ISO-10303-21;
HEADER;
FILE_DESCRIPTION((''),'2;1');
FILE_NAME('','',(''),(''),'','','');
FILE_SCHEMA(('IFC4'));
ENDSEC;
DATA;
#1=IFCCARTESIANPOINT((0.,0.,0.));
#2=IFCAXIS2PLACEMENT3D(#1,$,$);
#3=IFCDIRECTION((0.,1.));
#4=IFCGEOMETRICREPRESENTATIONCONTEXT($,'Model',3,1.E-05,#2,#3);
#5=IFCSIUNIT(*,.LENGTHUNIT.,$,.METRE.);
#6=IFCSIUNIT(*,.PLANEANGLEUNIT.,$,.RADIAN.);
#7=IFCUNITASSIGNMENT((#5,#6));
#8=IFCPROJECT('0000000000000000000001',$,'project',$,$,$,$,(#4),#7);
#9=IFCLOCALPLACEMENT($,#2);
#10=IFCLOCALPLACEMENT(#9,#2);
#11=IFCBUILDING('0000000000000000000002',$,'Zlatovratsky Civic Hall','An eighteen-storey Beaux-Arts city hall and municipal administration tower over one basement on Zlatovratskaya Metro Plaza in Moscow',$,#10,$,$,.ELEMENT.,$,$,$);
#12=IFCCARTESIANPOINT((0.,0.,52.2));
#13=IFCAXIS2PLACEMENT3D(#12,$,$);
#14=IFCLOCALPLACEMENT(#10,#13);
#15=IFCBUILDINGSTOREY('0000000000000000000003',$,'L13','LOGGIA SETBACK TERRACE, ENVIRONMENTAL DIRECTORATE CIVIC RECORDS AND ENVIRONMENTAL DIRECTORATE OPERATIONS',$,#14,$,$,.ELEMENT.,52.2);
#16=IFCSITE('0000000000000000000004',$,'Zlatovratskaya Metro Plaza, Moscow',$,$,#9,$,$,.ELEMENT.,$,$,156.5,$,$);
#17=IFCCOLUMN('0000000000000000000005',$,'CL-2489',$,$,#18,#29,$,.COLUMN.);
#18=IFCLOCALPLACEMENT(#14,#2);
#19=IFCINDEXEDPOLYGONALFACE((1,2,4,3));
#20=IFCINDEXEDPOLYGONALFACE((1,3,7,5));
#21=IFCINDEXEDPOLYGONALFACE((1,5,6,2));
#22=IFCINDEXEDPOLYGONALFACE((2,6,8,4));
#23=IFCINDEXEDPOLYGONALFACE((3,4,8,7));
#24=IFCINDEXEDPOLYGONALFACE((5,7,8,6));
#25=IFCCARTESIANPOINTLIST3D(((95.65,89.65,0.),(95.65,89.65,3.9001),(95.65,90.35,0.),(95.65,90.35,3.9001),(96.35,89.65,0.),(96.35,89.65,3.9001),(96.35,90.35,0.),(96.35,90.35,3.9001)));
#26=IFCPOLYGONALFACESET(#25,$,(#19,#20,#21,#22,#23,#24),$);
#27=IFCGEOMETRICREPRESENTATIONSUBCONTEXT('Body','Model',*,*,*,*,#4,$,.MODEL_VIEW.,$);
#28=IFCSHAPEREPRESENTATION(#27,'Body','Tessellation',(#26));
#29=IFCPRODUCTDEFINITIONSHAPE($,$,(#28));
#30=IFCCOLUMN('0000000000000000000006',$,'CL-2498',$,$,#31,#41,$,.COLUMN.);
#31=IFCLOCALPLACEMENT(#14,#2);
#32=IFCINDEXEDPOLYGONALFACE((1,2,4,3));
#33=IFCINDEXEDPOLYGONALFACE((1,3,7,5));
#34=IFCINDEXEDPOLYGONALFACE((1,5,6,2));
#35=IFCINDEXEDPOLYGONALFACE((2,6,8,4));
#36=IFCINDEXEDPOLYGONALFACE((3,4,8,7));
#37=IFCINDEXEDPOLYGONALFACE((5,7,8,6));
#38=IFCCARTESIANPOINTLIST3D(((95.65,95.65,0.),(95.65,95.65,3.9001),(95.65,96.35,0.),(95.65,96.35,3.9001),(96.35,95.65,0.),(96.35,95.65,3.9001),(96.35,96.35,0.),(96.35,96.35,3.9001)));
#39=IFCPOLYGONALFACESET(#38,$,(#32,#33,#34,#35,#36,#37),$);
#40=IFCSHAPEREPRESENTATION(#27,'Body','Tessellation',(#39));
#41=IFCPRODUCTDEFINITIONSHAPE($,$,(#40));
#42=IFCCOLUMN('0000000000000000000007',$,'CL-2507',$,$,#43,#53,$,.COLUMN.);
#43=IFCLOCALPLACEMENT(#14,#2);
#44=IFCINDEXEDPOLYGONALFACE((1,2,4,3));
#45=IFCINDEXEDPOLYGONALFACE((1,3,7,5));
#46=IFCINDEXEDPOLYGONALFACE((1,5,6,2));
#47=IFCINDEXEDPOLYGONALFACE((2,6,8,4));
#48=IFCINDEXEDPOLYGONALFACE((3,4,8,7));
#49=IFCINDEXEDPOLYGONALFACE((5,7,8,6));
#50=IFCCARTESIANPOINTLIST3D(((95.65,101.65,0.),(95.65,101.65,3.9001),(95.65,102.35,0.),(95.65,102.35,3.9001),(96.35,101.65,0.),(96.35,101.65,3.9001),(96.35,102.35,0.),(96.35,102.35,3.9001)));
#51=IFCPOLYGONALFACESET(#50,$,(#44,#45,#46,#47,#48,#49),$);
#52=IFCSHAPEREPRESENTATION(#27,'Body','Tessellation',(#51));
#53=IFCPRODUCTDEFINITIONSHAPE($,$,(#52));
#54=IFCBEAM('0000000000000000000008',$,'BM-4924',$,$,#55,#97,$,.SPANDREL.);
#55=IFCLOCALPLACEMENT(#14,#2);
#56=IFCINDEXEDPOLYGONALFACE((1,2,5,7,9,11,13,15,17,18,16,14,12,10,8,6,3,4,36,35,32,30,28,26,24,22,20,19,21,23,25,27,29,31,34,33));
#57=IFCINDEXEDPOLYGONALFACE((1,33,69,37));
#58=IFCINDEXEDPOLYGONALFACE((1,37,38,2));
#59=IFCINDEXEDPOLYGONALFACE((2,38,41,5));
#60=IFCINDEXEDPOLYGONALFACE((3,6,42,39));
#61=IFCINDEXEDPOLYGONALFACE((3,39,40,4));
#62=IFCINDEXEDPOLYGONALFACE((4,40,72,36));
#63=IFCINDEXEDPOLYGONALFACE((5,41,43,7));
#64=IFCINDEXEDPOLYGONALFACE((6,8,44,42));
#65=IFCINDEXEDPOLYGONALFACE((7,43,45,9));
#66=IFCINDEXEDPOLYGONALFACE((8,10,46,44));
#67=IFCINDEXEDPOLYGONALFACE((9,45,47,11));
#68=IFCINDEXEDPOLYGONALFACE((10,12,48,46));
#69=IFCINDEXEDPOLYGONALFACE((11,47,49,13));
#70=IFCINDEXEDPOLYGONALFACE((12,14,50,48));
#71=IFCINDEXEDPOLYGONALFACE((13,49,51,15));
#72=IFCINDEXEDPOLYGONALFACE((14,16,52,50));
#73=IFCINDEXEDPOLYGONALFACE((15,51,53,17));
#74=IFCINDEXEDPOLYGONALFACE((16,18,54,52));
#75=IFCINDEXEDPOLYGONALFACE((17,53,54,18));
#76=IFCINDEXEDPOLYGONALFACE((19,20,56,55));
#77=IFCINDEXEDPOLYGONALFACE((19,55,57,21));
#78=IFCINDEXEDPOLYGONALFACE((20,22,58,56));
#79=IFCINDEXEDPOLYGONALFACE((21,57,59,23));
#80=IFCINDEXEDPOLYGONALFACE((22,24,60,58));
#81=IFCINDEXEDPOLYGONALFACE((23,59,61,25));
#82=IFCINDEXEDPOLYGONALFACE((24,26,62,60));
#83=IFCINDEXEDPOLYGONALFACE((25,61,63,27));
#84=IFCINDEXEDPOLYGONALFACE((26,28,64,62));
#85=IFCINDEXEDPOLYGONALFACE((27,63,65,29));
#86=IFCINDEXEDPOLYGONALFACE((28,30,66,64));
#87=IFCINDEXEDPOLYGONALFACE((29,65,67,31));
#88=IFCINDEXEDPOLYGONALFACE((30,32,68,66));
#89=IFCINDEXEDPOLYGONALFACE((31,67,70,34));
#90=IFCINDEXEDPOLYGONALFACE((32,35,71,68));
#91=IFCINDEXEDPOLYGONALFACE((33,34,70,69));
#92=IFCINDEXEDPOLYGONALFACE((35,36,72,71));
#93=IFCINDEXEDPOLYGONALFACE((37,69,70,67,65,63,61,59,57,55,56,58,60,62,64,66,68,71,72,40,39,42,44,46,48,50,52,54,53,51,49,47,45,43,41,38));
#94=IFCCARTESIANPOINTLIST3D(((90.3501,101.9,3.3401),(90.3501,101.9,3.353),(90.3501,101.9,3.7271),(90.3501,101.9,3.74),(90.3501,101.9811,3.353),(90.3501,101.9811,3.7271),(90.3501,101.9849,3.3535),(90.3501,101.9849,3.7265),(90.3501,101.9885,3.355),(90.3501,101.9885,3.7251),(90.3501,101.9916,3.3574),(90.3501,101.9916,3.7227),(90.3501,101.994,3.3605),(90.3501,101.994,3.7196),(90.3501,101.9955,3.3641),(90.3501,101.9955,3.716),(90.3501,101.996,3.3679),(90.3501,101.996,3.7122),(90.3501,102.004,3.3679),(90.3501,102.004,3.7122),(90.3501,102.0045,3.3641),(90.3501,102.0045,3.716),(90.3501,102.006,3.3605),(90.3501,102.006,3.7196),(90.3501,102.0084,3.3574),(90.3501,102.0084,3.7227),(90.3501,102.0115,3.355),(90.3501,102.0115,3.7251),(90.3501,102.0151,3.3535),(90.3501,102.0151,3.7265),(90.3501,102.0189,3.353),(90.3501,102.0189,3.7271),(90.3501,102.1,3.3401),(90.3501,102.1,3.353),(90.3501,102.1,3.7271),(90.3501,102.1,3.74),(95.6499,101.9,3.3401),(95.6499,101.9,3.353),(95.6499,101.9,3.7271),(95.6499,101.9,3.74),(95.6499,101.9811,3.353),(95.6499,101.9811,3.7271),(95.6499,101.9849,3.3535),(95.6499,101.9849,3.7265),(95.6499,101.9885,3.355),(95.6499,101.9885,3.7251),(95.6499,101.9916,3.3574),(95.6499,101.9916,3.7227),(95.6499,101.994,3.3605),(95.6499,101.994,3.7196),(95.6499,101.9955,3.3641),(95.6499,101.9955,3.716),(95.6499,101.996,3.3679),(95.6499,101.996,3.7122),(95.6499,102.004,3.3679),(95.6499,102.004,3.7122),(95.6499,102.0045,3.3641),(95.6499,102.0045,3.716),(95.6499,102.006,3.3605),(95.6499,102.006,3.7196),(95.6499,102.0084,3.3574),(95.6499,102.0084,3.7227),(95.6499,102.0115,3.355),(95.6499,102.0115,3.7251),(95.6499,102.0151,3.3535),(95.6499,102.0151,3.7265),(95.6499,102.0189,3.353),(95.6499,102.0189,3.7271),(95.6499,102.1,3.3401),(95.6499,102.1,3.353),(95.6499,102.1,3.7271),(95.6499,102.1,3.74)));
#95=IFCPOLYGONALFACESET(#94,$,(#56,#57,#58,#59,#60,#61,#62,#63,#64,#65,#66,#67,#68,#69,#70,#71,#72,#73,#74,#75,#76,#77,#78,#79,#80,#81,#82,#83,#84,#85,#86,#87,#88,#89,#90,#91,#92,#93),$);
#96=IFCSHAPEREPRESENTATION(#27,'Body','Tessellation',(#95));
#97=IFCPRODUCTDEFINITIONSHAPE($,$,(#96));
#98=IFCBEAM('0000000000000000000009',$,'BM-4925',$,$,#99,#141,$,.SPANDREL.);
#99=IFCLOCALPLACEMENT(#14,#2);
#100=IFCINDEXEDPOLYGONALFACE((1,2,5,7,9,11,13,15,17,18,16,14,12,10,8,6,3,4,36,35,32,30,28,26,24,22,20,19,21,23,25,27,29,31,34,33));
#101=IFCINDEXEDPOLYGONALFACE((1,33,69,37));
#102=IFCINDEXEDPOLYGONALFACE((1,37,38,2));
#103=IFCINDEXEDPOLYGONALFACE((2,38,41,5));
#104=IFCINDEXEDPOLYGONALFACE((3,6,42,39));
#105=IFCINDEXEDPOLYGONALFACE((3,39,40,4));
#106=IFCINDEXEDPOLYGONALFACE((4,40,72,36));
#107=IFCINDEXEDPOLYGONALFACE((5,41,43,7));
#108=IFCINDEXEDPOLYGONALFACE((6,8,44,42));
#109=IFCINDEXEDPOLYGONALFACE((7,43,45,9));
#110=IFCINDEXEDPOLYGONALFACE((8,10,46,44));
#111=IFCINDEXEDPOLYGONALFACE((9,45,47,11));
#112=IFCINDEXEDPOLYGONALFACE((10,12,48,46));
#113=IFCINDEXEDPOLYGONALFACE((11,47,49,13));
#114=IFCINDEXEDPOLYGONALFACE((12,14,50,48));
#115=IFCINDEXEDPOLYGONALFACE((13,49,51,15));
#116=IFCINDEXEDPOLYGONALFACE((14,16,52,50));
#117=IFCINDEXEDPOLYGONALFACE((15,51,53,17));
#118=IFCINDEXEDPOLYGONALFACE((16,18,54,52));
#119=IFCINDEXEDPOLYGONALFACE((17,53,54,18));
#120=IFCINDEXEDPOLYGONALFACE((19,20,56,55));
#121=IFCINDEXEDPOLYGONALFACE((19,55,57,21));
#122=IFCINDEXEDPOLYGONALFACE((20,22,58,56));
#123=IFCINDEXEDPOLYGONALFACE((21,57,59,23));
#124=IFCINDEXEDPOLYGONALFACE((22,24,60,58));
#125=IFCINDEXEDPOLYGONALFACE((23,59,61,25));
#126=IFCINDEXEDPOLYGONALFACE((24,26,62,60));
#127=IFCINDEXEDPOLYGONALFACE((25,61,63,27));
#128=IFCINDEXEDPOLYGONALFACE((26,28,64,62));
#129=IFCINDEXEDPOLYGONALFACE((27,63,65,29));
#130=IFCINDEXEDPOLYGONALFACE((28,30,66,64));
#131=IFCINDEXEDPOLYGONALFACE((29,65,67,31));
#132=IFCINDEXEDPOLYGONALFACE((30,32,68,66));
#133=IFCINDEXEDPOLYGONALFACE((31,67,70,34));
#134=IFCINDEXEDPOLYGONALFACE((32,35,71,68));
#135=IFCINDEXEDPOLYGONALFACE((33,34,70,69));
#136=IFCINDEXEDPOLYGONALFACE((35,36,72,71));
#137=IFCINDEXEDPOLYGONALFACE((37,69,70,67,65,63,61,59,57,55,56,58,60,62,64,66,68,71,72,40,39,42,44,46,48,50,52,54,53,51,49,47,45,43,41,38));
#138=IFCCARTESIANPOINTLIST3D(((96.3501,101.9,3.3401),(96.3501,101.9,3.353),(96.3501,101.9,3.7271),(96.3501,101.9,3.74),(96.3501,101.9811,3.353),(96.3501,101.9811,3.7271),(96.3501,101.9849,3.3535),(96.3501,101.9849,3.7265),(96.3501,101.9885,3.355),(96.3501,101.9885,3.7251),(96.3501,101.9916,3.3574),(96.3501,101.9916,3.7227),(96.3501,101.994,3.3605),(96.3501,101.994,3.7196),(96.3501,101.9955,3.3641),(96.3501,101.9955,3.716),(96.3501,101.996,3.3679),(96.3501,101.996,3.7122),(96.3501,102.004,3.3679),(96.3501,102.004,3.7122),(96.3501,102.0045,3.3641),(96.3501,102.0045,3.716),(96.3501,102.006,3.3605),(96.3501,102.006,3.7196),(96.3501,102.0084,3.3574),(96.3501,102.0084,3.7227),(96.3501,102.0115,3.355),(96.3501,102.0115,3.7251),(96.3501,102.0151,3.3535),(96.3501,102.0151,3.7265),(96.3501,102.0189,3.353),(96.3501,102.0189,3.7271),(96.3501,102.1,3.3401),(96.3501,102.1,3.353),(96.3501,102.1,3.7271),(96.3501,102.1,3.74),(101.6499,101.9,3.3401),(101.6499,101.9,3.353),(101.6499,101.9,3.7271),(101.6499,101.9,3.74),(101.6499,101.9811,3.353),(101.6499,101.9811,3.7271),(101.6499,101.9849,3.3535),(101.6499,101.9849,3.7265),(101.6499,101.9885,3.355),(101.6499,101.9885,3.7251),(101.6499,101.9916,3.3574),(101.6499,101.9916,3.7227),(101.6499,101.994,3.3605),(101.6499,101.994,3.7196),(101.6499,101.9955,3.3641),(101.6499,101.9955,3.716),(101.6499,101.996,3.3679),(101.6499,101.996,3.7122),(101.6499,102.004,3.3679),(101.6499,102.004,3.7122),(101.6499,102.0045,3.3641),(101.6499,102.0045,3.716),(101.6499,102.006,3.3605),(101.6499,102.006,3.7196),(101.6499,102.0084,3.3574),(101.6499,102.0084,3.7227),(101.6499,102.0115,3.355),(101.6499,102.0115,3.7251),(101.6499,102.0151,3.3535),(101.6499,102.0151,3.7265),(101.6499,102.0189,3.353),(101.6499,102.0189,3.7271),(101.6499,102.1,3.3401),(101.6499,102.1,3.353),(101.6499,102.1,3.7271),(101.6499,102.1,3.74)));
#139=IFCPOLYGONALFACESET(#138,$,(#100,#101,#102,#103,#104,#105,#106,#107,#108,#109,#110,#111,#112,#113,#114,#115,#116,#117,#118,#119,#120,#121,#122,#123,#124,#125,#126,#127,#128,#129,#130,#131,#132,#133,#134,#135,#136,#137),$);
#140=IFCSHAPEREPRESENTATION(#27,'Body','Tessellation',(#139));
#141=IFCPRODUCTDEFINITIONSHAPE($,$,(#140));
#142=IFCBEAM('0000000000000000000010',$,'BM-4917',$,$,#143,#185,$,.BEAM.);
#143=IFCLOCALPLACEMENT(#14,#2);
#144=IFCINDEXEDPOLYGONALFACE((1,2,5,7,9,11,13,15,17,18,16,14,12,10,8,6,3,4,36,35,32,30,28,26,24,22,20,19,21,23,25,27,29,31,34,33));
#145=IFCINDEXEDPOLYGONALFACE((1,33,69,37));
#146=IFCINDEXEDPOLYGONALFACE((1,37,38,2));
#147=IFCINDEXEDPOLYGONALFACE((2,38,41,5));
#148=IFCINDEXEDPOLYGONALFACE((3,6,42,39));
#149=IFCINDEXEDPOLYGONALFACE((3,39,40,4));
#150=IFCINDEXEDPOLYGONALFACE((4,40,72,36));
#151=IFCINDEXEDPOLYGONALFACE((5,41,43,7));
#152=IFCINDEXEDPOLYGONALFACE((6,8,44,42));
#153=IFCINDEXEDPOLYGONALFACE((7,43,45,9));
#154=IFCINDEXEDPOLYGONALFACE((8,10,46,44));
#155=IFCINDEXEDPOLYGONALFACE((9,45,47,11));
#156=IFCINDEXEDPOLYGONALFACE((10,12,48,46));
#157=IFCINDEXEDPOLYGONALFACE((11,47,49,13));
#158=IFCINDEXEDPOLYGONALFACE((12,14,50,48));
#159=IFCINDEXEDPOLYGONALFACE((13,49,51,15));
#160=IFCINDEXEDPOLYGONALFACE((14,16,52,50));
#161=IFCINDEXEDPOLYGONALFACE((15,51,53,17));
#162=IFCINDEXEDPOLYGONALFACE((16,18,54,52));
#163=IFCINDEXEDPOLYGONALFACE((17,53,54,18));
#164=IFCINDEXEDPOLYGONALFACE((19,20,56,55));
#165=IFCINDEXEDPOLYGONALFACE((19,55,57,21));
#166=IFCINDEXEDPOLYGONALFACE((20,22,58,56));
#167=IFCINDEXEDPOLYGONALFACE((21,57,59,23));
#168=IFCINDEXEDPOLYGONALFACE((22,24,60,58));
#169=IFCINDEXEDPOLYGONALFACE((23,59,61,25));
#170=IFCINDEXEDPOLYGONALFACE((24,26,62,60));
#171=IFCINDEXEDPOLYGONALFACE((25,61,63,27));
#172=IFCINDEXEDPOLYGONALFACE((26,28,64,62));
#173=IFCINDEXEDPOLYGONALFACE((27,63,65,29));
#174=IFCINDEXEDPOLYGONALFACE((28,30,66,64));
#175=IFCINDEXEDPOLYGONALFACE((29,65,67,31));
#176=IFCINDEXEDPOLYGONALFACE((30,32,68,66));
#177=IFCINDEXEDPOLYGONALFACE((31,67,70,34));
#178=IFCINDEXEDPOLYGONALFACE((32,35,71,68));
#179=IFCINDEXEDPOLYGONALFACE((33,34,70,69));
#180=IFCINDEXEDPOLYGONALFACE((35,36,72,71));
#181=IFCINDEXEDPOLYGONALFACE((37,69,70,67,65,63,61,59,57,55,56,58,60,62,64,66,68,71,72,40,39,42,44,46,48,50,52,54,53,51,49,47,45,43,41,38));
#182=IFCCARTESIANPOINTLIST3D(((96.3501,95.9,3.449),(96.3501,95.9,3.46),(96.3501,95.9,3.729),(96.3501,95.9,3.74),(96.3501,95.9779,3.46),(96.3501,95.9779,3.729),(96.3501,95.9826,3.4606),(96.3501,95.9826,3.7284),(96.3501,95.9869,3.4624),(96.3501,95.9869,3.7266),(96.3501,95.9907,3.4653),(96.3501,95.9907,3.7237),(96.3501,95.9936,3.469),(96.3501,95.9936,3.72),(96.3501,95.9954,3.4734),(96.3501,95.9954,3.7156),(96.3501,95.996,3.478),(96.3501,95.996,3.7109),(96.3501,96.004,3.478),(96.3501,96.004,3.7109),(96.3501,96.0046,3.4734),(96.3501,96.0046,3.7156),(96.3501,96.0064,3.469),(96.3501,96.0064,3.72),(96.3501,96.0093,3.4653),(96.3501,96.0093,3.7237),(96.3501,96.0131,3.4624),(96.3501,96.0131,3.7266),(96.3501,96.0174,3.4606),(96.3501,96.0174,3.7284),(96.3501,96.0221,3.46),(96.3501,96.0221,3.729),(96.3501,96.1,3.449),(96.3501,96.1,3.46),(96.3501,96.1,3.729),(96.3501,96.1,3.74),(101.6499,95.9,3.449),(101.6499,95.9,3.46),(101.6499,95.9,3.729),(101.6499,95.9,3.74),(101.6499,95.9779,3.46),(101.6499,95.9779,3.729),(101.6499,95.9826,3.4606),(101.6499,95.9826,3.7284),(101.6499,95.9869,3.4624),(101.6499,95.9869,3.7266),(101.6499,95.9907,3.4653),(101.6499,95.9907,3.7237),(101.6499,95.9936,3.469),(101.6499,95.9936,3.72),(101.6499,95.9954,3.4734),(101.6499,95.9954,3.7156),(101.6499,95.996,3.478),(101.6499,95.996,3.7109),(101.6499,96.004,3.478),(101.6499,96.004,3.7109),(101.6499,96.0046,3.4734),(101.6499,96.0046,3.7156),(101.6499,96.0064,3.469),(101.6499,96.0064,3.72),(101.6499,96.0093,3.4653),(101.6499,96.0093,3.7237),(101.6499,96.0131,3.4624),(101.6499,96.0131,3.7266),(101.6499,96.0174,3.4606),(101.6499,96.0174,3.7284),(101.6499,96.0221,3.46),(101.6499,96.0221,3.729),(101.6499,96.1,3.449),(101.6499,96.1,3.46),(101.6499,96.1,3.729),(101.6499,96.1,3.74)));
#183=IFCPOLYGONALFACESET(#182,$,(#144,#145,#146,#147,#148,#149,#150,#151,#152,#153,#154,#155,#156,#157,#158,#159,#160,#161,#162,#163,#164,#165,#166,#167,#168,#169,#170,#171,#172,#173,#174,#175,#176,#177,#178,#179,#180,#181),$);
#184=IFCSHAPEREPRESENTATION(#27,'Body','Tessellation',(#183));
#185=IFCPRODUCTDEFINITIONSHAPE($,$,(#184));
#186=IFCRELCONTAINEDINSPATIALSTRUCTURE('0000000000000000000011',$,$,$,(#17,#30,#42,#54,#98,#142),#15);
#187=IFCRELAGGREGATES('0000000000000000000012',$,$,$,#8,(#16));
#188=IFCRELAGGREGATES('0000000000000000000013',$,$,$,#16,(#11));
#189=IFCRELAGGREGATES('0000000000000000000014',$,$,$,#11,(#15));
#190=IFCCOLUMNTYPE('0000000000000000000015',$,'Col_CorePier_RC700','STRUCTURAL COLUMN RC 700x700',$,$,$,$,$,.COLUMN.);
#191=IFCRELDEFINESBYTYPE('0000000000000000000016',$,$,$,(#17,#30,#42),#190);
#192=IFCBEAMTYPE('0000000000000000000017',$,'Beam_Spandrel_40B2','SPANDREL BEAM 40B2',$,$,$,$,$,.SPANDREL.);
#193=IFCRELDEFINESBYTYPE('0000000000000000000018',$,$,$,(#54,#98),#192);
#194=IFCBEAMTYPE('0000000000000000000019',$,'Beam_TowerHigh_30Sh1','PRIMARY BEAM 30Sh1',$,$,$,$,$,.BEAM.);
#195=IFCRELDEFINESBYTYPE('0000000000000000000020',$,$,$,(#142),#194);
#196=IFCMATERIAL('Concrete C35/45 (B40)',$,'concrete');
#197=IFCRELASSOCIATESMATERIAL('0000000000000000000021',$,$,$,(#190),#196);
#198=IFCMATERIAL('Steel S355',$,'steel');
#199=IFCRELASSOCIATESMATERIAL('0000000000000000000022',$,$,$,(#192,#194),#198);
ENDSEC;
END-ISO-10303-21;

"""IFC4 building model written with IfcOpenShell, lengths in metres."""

from ifc_helpers import new_model, si_unit, direction, frame, origin, origin_2d, place, context, subcontext, project, spatial, rectangle, i_section, extrude, material, material_profile, profile_set, type_object, element, save


model = new_model("IFC4")

# Units and contexts
model_context = context("Model", 3, precision=1e-05, world=origin(), true_north=direction((0.0, 1.0)))
body_context = subcontext(model_context, "Body", "Model", "MODEL_VIEW")
ifc_project = project(units=[si_unit("LENGTHUNIT", "METRE"), si_unit("PLANEANGLEUNIT", "RADIAN")], contexts=[model_context])

# Site, building, storey
site_placement = place(None, origin())
site = spatial("IfcSite", under=ifc_project, at=site_placement, Name="Zlatovratskaya Metro Plaza, Moscow", CompositionType="ELEMENT", RefElevation=156.5)
building_placement = place(site_placement, origin())
building = spatial("IfcBuilding", under=site, at=building_placement, Name="Zlatovratsky Civic Hall", Description="An eighteen-storey Beaux-Arts city hall and municipal administration tower over one basement on Zlatovratskaya Metro Plaza in Moscow", CompositionType="ELEMENT")
storey_placement = place(building_placement, frame((0.0, 0.0, 52.2)))
storey = spatial("IfcBuildingStorey", under=building, at=storey_placement, Name="L13", Description="LOGGIA SETBACK TERRACE, ENVIRONMENTAL DIRECTORATE CIVIC RECORDS AND ENVIRONMENTAL DIRECTORATE OPERATIONS", CompositionType="ELEMENT", Elevation=52.2)

# Columns
ifc_material_1 = material(Name="Concrete C35/45 (B40)", Category="concrete")
ifc_material_profile_1 = material_profile(ifc_material_1, rectangle(XDim=0.7, YDim=0.7, at=origin_2d()), Name="RC 700x700")
ifc_profile_set_1 = profile_set([ifc_material_profile_1], Name="Concrete C35/45 (B40)")
column_type = type_object("IfcColumnType", Name="Col_CorePier_RC700", Description="STRUCTURAL COLUMN RC 700x700", PredefinedType="COLUMN", material=ifc_profile_set_1)
for number, where, z_axis, x_axis, name in (
    (1, (96.0, 90.0, 0.0), (0.0, 0.0, 1.0), (1.0, 0.0, 0.0), "CL-2489"),
    (2, (96.0, 96.0, 0.0), (0.0, 0.0, 1.0), (1.0, 0.0, 0.0), "CL-2498"),
    (3, (96.0, 102.0, 0.0), (0.0, 0.0, 1.0), (1.0, 0.0, 0.0), "CL-2507"),
):
    element("IfcColumn", number, at=place(storey_placement, frame(where, z_axis=z_axis, x_axis=x_axis)), inside=storey, type_object=column_type, Name=name, PredefinedType="COLUMN", context=body_context, shape_type="SweptSolid", body=[
        extrude(rectangle(XDim=0.7, YDim=0.7, at=origin_2d()), origin(), (0.0, 0.0, 1.0), 3.9001),
    ])

# Beams
ifc_material_2 = material(Name="Steel S355", Category="steel")
ifc_material_profile_2 = material_profile(ifc_material_2, i_section(OverallWidth=0.2, OverallDepth=0.3999, WebThickness=0.0081, FlangeThickness=0.0129, FilletRadius=0.0149, at=origin_2d()), Name="40B2")
ifc_profile_set_2 = profile_set([ifc_material_profile_2], Name="Steel S355")
beam_type_1 = type_object("IfcBeamType", Name="Beam_Spandrel_40B2", Description="SPANDREL BEAM 40B2", PredefinedType="SPANDREL", material=ifc_profile_set_2)
for number, where, z_axis, x_axis, name in (
    (4, (90.3501, 102.0, 3.54), (1.0, 0.0, 0.0), (0.0, 1.0, 0.0), "BM-4924"),
    (5, (96.3501, 102.0, 3.54), (1.0, 0.0, 0.0), (0.0, 1.0, 0.0), "BM-4925"),
):
    element("IfcBeam", number, at=place(storey_placement, frame(where, z_axis=z_axis, x_axis=x_axis)), inside=storey, type_object=beam_type_1, Name=name, PredefinedType="SPANDREL", context=body_context, shape_type="SweptSolid", body=[
        extrude(i_section(OverallWidth=0.2, OverallDepth=0.3999, WebThickness=0.0081, FlangeThickness=0.0129, FilletRadius=0.0149, at=origin_2d()), origin(), (0.0, 0.0, 1.0), 5.2998),
    ])
ifc_material_profile_3 = material_profile(ifc_material_2, i_section(OverallWidth=0.2, OverallDepth=0.291, WebThickness=0.0081, FlangeThickness=0.011, FilletRadius=0.0181, at=origin_2d()), Name="30Sh1")
ifc_profile_set_3 = profile_set([ifc_material_profile_3], Name="Steel S355")
beam_type_2 = type_object("IfcBeamType", Name="Beam_TowerHigh_30Sh1", Description="PRIMARY BEAM 30Sh1", PredefinedType="BEAM", material=ifc_profile_set_3)
for number, where, z_axis, x_axis, name in (
    (6, (96.3501, 96.0, 3.5945), (1.0, 0.0, 0.0), (0.0, 1.0, 0.0), "BM-4917"),
):
    element("IfcBeam", number, at=place(storey_placement, frame(where, z_axis=z_axis, x_axis=x_axis)), inside=storey, type_object=beam_type_2, Name=name, PredefinedType="BEAM", context=body_context, shape_type="SweptSolid", body=[
        extrude(i_section(OverallWidth=0.2, OverallDepth=0.291, WebThickness=0.0081, FlangeThickness=0.011, FilletRadius=0.0181, at=origin_2d()), origin(), (0.0, 0.0, 1.0), 5.2998),
    ])

save(model, "model.ifc")
